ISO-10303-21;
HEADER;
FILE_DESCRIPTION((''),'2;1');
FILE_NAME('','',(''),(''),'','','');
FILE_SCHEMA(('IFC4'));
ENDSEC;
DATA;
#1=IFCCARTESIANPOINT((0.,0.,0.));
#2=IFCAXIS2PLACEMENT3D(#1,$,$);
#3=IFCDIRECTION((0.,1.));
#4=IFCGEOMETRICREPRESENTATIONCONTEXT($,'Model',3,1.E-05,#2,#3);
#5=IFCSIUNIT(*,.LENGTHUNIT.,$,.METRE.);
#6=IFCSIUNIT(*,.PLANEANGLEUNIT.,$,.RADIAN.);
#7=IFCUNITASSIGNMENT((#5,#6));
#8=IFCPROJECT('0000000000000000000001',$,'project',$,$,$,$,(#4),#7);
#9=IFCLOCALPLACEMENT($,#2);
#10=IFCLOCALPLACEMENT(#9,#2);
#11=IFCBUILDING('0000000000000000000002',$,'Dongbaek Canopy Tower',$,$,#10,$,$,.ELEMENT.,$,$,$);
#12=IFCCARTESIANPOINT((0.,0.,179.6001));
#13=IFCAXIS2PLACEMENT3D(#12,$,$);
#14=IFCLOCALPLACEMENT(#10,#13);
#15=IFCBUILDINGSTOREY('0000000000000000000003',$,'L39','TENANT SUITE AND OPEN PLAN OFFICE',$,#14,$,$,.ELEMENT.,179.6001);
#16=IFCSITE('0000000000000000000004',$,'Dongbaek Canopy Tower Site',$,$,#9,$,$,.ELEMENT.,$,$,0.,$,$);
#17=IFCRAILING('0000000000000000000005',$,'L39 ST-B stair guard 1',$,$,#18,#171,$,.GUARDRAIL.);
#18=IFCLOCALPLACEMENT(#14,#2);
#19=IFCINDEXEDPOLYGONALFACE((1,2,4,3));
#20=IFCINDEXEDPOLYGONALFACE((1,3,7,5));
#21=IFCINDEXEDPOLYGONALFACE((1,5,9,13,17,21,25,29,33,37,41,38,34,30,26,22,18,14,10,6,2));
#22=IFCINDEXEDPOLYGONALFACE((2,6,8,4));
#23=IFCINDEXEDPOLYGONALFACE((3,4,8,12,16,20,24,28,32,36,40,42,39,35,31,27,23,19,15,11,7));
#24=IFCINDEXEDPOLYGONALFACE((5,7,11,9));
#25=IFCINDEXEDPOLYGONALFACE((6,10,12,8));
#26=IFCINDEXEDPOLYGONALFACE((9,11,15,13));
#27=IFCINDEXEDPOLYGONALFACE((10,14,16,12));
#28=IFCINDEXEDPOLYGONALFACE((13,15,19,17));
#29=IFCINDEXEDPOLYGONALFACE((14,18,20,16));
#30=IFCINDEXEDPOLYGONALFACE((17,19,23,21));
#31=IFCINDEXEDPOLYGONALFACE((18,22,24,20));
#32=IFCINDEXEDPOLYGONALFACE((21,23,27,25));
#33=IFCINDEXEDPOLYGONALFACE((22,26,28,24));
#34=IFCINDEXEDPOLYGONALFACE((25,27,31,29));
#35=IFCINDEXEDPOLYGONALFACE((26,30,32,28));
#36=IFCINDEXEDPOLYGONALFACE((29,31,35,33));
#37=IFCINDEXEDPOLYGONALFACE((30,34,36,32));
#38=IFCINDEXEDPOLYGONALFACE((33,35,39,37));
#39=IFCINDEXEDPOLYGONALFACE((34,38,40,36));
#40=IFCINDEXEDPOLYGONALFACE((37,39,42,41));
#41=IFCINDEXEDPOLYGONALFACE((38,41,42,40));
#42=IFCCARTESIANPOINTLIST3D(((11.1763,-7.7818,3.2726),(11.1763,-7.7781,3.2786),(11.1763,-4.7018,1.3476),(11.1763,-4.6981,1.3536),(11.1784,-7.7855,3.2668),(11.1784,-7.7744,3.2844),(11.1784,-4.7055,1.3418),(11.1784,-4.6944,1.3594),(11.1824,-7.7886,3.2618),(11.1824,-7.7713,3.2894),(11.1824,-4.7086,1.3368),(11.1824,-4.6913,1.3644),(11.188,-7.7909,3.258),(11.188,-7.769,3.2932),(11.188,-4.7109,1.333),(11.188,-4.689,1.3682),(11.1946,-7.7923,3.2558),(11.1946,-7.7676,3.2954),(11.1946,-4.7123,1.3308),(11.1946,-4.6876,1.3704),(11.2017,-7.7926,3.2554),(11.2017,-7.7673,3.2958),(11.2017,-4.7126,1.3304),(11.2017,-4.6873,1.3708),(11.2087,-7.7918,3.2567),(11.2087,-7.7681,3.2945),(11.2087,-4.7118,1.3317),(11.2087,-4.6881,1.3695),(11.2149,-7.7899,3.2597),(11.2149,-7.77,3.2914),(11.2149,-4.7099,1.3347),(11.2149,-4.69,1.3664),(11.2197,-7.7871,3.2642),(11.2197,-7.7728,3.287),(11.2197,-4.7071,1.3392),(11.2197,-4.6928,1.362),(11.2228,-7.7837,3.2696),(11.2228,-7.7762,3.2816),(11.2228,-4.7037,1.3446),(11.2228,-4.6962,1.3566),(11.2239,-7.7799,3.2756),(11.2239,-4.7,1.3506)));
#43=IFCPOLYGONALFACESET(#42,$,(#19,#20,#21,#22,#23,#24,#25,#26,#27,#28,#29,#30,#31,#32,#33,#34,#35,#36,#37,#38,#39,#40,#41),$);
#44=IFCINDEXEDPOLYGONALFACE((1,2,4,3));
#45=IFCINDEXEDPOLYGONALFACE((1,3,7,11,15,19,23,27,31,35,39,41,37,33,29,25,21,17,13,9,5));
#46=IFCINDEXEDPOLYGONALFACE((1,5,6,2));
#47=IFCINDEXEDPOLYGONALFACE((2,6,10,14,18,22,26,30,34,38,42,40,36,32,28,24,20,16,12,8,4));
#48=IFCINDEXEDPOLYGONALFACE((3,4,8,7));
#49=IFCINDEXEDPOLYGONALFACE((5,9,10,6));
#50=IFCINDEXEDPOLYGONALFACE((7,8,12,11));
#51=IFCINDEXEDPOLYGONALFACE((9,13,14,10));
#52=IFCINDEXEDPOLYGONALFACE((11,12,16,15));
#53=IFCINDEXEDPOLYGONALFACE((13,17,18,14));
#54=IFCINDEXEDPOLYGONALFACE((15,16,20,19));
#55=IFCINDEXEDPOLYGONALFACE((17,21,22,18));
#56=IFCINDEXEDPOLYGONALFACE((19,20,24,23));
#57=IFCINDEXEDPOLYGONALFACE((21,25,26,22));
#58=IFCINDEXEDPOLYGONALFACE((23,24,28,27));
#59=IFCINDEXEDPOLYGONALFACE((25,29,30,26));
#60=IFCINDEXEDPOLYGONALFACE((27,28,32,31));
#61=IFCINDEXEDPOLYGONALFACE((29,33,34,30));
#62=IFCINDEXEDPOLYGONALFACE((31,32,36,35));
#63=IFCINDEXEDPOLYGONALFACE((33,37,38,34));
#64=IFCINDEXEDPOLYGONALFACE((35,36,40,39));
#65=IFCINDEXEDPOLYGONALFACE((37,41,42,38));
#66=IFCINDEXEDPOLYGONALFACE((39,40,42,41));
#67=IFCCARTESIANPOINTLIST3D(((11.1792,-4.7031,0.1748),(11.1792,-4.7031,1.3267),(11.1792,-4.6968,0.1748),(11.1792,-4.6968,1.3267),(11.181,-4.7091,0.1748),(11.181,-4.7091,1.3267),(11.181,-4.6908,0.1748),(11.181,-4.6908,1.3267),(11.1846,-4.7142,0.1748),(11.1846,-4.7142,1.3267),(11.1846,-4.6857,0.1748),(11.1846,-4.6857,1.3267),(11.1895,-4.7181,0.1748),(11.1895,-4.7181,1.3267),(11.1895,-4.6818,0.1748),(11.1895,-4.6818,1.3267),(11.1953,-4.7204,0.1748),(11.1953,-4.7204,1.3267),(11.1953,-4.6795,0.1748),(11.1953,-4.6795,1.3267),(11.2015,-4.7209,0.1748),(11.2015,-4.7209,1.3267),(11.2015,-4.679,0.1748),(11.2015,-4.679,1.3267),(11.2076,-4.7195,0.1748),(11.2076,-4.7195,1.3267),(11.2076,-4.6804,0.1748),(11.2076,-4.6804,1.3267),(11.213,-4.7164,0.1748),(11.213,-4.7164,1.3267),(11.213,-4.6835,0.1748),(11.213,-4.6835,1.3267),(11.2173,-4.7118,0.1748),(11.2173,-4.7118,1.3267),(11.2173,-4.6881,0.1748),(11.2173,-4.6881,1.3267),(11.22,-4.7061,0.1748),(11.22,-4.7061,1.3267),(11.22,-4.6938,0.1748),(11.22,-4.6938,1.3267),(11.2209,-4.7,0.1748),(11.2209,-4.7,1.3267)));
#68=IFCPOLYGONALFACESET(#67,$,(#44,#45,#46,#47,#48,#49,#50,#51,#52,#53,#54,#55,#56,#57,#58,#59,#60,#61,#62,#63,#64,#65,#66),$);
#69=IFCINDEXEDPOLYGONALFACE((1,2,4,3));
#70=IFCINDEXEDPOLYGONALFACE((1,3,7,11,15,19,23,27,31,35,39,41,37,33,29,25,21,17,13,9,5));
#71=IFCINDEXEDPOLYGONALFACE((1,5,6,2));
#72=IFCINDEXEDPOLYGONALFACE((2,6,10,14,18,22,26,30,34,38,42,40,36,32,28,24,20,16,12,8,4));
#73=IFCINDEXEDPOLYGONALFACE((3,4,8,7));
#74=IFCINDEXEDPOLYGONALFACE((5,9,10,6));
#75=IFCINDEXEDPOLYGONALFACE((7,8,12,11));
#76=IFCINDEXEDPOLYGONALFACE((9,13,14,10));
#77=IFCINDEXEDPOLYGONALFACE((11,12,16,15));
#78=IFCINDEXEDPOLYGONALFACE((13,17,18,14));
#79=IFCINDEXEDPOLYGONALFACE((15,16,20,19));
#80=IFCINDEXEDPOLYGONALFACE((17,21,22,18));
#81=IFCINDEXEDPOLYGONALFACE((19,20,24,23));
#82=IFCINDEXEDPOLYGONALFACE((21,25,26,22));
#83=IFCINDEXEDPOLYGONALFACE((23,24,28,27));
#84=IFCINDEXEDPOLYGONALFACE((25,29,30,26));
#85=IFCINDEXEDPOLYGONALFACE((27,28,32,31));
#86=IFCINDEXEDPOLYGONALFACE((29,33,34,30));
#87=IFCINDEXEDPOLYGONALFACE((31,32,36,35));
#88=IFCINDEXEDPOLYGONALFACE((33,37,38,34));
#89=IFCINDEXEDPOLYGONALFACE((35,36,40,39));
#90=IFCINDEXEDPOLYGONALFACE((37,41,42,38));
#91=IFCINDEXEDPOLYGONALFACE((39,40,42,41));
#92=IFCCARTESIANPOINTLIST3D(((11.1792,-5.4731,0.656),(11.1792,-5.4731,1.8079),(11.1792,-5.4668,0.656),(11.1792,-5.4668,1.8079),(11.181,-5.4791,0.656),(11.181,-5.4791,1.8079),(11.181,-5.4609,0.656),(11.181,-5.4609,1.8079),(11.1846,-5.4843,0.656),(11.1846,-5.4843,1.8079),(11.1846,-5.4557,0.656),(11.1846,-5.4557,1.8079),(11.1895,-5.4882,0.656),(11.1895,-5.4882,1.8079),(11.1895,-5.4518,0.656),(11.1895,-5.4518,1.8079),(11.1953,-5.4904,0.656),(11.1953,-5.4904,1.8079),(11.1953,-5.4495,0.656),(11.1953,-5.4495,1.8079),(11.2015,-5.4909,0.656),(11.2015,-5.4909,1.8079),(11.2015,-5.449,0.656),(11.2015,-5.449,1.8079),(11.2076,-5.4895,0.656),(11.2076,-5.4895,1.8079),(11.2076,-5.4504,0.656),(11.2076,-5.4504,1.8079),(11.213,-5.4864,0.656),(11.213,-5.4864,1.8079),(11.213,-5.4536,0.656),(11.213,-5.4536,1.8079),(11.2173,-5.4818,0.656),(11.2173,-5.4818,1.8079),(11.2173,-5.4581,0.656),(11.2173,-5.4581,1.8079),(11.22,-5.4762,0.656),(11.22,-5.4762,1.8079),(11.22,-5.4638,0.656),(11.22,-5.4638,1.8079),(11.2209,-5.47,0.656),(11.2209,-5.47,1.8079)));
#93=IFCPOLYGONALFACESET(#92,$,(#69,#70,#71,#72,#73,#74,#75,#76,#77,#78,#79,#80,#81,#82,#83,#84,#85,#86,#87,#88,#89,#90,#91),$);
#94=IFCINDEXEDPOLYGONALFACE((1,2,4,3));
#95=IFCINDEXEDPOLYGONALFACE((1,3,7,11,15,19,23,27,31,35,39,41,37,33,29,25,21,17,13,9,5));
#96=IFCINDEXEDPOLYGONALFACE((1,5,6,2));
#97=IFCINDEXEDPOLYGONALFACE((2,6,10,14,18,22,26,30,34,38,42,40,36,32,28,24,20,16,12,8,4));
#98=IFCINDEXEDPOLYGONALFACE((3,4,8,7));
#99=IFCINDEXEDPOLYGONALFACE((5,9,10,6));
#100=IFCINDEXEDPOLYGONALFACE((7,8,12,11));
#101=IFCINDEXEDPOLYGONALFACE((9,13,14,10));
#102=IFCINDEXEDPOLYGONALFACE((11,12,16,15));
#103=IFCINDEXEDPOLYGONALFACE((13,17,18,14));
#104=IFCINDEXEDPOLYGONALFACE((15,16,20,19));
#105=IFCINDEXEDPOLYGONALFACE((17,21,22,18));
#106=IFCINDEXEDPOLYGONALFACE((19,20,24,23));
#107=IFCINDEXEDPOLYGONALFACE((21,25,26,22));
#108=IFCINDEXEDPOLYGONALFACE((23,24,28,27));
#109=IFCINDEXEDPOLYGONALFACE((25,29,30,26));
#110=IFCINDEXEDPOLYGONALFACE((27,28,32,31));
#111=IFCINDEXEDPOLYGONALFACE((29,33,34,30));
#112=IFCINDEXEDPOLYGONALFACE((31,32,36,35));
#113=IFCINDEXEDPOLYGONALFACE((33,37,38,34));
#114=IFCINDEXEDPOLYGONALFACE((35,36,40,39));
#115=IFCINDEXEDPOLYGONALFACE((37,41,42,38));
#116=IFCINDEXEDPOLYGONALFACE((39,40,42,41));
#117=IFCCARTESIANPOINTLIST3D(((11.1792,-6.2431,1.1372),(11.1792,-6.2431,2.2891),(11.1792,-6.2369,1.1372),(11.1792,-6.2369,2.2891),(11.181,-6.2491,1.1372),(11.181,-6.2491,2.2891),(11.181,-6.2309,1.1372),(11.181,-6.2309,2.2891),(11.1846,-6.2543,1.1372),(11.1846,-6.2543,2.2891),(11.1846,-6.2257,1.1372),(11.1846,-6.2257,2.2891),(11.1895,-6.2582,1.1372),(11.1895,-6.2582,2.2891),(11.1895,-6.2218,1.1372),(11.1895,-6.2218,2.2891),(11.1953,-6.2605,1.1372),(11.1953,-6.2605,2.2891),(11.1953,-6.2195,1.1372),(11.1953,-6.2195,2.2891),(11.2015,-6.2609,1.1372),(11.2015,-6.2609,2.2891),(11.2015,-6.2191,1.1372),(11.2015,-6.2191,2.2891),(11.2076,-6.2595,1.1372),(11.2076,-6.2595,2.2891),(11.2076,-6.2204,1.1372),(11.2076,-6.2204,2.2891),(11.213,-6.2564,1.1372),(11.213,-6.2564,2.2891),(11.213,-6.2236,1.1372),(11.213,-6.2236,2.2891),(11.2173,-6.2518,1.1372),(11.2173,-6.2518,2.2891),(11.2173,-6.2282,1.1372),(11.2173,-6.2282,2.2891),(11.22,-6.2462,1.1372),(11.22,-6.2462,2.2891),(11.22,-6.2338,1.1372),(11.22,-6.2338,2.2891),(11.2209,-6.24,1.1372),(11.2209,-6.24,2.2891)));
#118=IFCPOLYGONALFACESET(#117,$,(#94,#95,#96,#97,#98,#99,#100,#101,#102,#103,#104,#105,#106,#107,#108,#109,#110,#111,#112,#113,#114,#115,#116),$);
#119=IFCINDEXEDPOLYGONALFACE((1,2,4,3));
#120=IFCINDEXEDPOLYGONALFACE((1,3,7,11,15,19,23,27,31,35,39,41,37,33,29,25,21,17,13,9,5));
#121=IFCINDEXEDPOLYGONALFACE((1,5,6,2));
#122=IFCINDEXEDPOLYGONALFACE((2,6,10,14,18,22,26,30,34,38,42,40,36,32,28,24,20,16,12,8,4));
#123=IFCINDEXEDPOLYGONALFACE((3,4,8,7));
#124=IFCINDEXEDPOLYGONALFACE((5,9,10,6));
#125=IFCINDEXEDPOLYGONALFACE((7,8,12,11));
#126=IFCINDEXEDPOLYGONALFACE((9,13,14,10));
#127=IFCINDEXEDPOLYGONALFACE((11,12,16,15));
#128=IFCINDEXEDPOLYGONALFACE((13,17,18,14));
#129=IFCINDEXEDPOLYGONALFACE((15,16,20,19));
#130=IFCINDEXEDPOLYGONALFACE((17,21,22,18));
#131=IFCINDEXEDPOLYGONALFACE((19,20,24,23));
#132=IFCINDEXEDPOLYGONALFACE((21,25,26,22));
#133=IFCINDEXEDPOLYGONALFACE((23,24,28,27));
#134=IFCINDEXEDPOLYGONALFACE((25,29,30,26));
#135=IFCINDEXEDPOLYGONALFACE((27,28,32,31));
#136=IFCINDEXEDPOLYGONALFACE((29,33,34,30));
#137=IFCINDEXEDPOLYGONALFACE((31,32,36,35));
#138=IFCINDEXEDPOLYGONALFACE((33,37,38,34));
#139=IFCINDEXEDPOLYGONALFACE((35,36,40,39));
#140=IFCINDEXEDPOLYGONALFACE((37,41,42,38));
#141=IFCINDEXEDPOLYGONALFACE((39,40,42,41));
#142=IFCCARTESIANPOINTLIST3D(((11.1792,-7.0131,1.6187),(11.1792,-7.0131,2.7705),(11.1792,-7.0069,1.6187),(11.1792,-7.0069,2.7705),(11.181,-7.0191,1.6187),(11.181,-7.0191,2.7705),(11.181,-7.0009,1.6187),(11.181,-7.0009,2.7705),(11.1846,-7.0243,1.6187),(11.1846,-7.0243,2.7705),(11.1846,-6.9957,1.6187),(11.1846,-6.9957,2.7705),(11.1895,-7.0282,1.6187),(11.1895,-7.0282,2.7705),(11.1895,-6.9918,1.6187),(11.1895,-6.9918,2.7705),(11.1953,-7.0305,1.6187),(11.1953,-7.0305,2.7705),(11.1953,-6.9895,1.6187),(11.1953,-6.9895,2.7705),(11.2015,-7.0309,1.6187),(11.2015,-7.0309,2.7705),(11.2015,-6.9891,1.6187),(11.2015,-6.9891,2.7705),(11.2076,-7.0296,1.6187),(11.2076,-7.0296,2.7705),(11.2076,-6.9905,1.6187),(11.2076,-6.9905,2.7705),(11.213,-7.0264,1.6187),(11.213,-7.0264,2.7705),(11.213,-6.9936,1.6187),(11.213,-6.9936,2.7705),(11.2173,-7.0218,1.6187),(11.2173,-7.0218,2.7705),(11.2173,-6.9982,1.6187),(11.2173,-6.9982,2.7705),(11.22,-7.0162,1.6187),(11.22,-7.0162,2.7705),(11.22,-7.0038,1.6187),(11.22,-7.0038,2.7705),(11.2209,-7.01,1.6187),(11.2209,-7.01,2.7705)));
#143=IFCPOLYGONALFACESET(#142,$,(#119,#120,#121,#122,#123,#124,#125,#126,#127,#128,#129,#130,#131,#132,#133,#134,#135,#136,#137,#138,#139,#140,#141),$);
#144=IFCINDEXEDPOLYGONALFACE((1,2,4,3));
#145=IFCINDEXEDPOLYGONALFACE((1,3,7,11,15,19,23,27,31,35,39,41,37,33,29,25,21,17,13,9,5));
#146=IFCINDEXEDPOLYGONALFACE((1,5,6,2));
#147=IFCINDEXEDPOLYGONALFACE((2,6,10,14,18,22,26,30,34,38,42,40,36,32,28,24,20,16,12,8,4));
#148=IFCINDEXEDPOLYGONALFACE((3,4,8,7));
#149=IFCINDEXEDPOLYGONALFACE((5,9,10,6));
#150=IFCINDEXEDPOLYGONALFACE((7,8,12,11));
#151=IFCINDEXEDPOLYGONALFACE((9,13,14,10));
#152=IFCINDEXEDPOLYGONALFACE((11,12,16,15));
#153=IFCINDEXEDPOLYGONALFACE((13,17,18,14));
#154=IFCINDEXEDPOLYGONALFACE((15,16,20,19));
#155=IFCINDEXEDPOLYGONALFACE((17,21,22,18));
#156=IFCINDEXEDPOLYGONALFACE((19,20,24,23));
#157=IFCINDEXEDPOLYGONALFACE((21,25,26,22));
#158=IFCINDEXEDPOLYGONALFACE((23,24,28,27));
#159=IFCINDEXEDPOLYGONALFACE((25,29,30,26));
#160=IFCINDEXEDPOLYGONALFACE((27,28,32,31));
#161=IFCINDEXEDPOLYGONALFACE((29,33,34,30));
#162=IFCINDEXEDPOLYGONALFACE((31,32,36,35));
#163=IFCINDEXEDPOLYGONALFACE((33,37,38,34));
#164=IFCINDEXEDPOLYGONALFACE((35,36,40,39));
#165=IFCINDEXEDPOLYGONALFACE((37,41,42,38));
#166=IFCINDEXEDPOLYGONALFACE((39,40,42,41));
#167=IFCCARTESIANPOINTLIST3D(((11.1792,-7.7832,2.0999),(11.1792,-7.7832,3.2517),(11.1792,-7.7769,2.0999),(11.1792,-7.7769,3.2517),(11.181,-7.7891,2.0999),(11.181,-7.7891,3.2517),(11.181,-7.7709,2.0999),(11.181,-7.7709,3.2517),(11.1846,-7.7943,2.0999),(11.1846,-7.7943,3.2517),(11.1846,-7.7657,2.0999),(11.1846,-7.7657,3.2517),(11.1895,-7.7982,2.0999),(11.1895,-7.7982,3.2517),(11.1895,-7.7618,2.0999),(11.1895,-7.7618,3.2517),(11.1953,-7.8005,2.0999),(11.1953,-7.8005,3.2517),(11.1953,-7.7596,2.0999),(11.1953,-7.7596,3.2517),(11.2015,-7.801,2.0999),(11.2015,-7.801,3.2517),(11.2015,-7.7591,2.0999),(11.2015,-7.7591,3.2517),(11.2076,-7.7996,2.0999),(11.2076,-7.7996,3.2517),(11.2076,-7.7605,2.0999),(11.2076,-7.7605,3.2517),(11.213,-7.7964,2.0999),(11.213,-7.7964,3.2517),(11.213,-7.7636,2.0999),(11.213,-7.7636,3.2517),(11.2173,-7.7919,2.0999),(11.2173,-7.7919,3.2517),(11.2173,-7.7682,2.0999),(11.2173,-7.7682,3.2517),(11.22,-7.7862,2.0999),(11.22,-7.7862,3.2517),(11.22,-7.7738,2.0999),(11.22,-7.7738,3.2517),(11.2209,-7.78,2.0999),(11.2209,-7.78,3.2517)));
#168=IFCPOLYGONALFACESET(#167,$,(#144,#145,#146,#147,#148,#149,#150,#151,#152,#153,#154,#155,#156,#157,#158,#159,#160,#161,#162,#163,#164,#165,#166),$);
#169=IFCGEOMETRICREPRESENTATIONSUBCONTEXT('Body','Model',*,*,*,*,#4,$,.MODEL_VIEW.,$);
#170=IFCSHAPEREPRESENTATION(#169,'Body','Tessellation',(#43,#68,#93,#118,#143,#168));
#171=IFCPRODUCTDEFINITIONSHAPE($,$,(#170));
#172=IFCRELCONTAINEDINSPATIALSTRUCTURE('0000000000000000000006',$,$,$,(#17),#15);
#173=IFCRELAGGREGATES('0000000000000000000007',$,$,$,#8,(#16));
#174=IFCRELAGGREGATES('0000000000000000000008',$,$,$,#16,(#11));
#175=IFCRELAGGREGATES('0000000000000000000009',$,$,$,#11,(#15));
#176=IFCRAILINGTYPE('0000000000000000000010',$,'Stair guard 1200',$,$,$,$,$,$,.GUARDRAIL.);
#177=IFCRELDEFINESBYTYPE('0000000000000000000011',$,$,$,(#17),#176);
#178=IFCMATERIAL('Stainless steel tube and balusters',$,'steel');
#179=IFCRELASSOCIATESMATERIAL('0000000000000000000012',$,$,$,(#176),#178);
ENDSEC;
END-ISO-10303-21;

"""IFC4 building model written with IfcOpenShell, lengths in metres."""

from ifc_helpers import new_model, si_unit, direction, frame, origin, origin_2d, place, context, subcontext, project, spatial, circle, extrude, material, type_object, element, save


model = new_model("IFC4")

# Units and contexts
model_context = context("Model", 3, precision=1e-05, world=origin(), true_north=direction((0.0, 1.0)))
body_context = subcontext(model_context, "Body", "Model", "MODEL_VIEW")
ifc_project = project(units=[si_unit("LENGTHUNIT", "METRE"), si_unit("PLANEANGLEUNIT", "RADIAN")], contexts=[model_context])

# Site, building, storey
site_placement = place(None, origin())
site = spatial("IfcSite", under=ifc_project, at=site_placement, Name="Dongbaek Canopy Tower Site", CompositionType="ELEMENT", RefElevation=0.0)
building_placement = place(site_placement, origin())
building = spatial("IfcBuilding", under=site, at=building_placement, Name="Dongbaek Canopy Tower", CompositionType="ELEMENT")
storey_placement = place(building_placement, frame((0.0, 0.0, 179.6001)))
storey = spatial("IfcBuildingStorey", under=building, at=storey_placement, Name="L39", Description="TENANT SUITE AND OPEN PLAN OFFICE", CompositionType="ELEMENT", Elevation=179.6001)

# Railing
ifc_material_1 = material(Name="Stainless steel tube and balusters", Category="steel")
railing_type_1 = type_object("IfcRailingType", Name="Stair guard 1200", PredefinedType="GUARDRAIL", material=ifc_material_1)
railing_1_placement = place(storey_placement, frame((11.2, -4.7, 0.1748)))
element("IfcRailing", 1, at=railing_1_placement, inside=storey, type_object=railing_type_1, Name="L39 ST-B stair guard 1", PredefinedType="GUARDRAIL", context=body_context, shape_type="SweptSolid", body=[
    extrude(circle(Radius=0.0239, at=origin_2d()), frame((0.0, 0.0, 1.1758), z_axis=(0.0, -0.847998, 0.529999), x_axis=(1.0, 0.0, 0.0)), (0.0, 0.0, 1.0), 3.6321),
    extrude(circle(Radius=0.021, at=origin_2d()), origin(), (0.0, 0.0, 1.0), 1.1519),
    extrude(circle(Radius=0.021, at=origin_2d()), frame((0.0, -0.77, 0.4812)), (0.0, 0.0, 1.0), 1.1519),
    extrude(circle(Radius=0.021, at=origin_2d()), frame((0.0, -1.54, 0.9624)), (0.0, 0.0, 1.0), 1.1519),
    extrude(circle(Radius=0.021, at=origin_2d()), frame((0.0, -2.3101, 1.4438)), (0.0, 0.0, 1.0), 1.1519),
    extrude(circle(Radius=0.021, at=origin_2d()), frame((0.0, -3.0801, 1.925)), (0.0, 0.0, 1.0), 1.1519),
])

save(model, "model.ifc")
